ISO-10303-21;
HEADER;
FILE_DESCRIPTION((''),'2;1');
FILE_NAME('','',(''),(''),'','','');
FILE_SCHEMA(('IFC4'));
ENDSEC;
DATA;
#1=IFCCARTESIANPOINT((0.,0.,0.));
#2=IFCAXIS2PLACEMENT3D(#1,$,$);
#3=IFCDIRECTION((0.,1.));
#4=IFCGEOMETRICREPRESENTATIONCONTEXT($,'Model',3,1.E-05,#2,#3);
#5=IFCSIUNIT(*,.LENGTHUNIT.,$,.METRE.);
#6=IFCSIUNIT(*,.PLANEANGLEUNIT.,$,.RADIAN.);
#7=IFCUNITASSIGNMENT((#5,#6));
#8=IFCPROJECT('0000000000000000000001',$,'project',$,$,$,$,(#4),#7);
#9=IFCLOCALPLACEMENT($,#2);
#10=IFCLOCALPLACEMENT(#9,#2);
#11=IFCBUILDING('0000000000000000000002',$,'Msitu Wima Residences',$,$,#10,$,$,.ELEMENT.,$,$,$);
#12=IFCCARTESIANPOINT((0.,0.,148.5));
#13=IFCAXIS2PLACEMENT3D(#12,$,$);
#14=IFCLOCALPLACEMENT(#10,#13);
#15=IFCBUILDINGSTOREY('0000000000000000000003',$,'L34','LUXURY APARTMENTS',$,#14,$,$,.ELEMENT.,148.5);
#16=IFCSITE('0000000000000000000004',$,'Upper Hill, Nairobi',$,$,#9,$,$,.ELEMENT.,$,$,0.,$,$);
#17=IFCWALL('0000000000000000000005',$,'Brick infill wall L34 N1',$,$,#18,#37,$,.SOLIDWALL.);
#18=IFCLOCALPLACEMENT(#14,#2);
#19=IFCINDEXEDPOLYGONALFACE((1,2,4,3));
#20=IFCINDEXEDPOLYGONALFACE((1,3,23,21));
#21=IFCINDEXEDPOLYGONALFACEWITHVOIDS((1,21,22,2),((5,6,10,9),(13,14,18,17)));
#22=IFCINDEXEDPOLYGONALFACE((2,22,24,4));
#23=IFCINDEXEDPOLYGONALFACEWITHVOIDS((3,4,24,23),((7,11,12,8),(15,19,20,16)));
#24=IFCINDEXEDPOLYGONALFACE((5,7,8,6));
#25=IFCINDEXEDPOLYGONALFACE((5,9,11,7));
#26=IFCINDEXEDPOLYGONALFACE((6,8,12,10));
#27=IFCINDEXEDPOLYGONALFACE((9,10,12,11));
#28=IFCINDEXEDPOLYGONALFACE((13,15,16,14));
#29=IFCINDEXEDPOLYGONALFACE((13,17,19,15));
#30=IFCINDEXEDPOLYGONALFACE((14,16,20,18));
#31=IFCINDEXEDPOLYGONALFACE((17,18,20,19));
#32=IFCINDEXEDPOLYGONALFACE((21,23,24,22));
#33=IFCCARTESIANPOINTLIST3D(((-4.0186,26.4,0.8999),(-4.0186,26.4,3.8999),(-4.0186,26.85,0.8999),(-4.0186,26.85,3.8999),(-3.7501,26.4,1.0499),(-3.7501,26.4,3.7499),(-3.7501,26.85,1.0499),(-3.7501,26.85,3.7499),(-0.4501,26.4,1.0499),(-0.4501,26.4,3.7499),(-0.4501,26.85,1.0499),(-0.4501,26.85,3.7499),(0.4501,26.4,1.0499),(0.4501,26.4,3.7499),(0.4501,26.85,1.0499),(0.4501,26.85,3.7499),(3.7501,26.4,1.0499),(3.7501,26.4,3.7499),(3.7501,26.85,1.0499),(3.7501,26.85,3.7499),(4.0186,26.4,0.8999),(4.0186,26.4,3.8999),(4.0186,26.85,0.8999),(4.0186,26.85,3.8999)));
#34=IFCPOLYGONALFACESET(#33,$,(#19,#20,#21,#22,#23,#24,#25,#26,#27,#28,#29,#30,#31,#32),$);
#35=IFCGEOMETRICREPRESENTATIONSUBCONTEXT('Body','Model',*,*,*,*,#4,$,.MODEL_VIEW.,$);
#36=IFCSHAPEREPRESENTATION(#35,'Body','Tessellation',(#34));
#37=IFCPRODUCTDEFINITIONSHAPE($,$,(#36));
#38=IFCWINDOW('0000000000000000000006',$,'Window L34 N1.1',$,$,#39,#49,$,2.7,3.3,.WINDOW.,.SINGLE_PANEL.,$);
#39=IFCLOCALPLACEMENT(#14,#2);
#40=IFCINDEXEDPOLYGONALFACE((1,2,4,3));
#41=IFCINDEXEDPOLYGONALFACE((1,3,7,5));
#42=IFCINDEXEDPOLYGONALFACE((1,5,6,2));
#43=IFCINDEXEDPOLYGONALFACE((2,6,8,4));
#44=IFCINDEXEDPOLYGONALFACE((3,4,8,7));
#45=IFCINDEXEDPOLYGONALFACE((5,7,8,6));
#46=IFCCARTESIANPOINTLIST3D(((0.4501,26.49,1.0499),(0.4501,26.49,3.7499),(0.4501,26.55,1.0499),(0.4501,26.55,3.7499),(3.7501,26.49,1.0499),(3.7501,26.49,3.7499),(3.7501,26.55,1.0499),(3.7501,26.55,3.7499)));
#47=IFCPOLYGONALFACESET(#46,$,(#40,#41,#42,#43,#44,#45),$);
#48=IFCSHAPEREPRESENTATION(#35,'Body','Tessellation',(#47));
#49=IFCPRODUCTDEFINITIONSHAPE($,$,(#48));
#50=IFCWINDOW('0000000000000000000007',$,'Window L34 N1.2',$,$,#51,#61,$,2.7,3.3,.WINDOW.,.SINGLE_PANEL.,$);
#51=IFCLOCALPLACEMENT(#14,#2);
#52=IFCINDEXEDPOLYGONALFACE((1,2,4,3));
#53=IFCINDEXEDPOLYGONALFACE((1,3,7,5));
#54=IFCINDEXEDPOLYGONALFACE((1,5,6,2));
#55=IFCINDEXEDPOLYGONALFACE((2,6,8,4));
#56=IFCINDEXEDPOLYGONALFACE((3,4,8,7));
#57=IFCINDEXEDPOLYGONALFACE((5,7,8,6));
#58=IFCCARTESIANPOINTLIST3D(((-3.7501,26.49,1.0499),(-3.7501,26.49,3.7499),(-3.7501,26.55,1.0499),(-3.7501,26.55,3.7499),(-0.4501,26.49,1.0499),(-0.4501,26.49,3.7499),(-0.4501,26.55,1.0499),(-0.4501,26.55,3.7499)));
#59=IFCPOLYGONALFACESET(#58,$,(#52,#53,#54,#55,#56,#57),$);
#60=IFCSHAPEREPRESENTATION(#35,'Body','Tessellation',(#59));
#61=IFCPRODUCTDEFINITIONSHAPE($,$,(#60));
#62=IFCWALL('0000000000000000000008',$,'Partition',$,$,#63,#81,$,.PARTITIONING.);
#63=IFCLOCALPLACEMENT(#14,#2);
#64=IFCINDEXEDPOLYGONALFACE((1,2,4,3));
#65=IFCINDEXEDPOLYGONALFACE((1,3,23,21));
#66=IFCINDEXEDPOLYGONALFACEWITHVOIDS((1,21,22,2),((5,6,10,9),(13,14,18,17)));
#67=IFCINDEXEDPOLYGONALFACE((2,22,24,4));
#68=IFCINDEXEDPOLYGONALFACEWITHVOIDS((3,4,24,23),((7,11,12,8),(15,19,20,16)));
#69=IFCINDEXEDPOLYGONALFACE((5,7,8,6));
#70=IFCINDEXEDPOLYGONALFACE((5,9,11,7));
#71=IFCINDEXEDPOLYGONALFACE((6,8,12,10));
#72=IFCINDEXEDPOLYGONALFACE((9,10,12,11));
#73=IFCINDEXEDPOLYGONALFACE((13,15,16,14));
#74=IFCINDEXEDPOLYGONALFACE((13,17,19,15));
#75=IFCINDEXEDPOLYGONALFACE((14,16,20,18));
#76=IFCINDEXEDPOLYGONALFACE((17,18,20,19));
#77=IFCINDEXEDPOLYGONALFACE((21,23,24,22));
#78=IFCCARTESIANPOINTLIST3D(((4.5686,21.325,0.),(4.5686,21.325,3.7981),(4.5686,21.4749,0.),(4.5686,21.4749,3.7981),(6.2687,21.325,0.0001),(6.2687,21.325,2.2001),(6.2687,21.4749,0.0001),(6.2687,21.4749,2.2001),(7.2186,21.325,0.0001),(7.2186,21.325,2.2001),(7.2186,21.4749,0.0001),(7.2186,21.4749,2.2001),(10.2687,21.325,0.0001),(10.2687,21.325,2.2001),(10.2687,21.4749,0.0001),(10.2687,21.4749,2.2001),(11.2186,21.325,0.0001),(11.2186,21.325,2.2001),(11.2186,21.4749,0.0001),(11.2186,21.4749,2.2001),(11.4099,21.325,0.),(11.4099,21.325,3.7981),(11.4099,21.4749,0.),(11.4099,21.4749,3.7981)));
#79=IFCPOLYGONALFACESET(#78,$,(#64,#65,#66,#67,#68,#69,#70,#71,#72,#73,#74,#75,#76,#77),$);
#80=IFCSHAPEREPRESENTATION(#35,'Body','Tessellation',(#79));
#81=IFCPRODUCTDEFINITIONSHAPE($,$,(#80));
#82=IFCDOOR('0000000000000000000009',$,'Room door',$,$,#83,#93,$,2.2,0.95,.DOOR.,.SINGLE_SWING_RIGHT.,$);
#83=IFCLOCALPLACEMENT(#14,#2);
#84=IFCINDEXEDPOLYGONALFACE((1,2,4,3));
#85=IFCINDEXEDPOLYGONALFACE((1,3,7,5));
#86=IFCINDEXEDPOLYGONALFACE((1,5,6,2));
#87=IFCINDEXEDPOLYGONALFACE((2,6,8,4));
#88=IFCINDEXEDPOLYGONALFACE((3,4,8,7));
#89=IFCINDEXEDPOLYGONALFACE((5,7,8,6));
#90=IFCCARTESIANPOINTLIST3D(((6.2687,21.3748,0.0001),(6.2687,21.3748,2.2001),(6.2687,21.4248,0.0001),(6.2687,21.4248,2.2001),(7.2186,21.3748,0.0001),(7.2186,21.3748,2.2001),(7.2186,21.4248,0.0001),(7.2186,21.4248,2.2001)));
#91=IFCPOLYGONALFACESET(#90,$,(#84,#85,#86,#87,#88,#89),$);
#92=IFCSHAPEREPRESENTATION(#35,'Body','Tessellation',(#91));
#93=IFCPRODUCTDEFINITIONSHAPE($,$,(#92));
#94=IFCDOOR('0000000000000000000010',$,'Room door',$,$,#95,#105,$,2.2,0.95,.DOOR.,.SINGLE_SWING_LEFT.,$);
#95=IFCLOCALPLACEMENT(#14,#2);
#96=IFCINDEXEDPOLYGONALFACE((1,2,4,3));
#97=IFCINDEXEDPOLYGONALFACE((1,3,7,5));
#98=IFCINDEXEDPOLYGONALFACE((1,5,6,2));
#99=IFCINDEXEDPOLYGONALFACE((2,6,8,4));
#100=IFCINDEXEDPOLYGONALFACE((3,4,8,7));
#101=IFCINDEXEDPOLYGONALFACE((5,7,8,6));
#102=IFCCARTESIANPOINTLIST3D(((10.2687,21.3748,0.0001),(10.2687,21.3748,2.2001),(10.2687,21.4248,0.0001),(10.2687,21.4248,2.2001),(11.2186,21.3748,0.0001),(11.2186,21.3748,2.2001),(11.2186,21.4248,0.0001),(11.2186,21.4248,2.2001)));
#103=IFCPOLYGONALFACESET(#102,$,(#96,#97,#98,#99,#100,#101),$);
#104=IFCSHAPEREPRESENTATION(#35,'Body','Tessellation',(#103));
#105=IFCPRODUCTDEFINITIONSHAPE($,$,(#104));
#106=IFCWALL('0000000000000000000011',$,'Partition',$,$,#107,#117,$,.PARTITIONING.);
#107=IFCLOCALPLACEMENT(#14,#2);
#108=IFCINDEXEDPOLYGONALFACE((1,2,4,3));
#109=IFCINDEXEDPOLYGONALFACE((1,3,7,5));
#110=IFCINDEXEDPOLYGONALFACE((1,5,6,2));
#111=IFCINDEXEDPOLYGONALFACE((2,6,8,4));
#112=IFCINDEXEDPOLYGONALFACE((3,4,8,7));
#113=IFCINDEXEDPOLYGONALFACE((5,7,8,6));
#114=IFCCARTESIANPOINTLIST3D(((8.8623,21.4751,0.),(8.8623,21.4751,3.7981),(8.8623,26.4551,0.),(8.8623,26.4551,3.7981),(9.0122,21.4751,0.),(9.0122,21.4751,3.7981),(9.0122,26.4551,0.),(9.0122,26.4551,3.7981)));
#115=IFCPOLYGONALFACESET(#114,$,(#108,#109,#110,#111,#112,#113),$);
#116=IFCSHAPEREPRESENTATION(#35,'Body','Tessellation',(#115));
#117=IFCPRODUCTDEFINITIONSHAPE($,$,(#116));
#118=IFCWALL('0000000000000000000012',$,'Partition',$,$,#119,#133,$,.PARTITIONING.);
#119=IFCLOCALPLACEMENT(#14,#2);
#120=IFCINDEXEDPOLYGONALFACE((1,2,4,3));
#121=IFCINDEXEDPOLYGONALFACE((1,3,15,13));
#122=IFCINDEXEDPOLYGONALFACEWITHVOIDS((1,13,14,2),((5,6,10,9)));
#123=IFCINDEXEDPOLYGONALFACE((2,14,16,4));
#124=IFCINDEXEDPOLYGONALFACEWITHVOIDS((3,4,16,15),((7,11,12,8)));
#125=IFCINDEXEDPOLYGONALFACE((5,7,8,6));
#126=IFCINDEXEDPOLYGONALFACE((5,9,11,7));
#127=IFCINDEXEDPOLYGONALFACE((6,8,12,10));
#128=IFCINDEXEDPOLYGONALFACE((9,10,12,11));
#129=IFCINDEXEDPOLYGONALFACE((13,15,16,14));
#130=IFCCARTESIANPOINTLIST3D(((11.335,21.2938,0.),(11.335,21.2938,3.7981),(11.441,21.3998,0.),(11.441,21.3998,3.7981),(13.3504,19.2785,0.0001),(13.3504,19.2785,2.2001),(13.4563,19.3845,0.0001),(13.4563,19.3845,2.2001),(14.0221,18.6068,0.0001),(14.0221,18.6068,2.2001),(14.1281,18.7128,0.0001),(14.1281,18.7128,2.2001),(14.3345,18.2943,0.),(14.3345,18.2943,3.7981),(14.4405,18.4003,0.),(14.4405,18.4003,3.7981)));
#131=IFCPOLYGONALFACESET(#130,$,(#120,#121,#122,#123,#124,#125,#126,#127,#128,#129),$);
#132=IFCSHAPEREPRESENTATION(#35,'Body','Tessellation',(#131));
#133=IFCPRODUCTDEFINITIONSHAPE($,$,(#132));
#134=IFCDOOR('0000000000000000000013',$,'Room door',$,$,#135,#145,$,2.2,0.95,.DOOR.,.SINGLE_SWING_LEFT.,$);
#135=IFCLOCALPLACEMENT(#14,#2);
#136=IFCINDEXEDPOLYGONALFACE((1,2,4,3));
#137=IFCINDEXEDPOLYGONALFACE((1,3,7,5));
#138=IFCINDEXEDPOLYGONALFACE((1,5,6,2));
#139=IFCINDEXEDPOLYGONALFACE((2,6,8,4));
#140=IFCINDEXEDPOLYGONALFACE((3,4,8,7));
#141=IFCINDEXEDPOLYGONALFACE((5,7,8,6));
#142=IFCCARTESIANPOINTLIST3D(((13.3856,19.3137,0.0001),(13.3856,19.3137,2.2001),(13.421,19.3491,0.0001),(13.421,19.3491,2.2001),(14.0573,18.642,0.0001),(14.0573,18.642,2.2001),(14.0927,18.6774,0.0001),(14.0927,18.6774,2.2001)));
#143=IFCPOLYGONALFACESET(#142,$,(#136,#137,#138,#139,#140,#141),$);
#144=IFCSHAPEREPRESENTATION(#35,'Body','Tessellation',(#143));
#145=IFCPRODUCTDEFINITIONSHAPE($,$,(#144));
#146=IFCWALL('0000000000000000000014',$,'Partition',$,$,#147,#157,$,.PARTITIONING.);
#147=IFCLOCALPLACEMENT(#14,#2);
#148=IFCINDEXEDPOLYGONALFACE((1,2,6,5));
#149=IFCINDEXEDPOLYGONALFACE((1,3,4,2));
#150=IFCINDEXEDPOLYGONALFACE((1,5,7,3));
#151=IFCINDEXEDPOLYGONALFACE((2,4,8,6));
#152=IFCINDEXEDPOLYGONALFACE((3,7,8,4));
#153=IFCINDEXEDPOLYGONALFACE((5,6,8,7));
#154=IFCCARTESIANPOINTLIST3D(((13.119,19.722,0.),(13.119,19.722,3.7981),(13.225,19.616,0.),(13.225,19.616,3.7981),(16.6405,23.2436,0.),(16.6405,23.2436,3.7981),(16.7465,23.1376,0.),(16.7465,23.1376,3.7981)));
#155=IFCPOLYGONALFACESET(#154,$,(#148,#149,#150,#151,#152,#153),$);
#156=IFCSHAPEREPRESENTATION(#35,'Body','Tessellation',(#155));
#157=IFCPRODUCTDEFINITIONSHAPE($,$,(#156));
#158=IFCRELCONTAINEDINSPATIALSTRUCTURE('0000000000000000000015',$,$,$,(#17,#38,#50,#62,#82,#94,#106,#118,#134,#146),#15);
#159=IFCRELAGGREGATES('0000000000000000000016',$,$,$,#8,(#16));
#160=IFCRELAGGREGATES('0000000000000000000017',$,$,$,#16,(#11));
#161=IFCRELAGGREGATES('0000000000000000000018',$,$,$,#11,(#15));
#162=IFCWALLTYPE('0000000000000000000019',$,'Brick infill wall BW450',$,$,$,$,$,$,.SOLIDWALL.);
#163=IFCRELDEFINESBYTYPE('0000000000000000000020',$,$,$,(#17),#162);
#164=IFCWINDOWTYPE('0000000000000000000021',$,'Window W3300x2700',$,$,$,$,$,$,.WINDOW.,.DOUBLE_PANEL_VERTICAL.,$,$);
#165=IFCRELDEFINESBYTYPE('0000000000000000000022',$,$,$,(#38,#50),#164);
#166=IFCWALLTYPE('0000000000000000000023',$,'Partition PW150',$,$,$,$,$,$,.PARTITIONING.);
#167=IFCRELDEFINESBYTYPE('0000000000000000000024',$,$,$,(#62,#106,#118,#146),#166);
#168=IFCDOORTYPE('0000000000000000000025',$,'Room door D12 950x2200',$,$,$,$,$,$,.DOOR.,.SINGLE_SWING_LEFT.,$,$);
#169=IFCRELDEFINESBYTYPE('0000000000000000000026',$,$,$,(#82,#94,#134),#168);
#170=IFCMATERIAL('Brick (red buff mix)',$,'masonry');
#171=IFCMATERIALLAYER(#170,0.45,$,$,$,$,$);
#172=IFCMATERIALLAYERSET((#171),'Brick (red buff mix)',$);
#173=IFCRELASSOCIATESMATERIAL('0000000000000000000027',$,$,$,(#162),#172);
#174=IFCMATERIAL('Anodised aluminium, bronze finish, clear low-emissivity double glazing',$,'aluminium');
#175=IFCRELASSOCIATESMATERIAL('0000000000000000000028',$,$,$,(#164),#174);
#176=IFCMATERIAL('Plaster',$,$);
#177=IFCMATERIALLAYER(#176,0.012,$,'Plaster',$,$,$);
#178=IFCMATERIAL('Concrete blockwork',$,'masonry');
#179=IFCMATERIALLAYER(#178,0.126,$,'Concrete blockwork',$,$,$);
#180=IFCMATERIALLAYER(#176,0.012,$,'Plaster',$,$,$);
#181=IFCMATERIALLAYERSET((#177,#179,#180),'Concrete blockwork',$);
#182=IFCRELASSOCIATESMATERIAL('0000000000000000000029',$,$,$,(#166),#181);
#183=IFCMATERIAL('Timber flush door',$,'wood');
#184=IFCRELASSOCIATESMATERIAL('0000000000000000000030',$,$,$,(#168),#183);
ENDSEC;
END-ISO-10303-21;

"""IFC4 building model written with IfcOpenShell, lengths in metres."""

from ifc_helpers import new_model, si_unit, direction, frame, frame_2d, origin, place, context, subcontext, project, spatial, rectangle, extrude, material, layer, layer_set, type_object, element, fill, save


model = new_model("IFC4")

# Units and contexts
model_context = context("Model", 3, precision=1e-05, world=origin(), true_north=direction((0.0, 1.0)))
body_context = subcontext(model_context, "Body", "Model", "MODEL_VIEW")
ifc_project = project(units=[si_unit("LENGTHUNIT", "METRE"), si_unit("PLANEANGLEUNIT", "RADIAN")], contexts=[model_context])

# Site, building, storey
site_placement = place(None, origin())
site = spatial("IfcSite", under=ifc_project, at=site_placement, Name="Upper Hill, Nairobi", CompositionType="ELEMENT", RefElevation=0.0)
building_placement = place(site_placement, origin())
building = spatial("IfcBuilding", under=site, at=building_placement, Name="Msitu Wima Residences", CompositionType="ELEMENT")
storey_placement = place(building_placement, frame((0.0, 0.0, 148.5)))
storey = spatial("IfcBuildingStorey", under=building, at=storey_placement, Name="L34", Description="LUXURY APARTMENTS", CompositionType="ELEMENT", Elevation=148.5)

# Shared definitions
ifc_material_1 = material(Name="Brick (red buff mix)", Category="masonry")
ifc_layer_1 = layer(ifc_material_1, 0.45)
ifc_layer_set_1 = layer_set([ifc_layer_1], Name="Brick (red buff mix)")
wall_type_1 = type_object("IfcWallType", Name="Brick infill wall BW450", PredefinedType="SOLIDWALL", material=ifc_layer_set_1)
ifc_material_2 = material(Name="Anodised aluminium, bronze finish, clear low-emissivity double glazing", Category="aluminium")
window_type = type_object("IfcWindowType", Name="Window W3300x2700", PartitioningType="DOUBLE_PANEL_VERTICAL", PredefinedType="WINDOW", material=ifc_material_2)

# Wall, openings, windows
wall_1_placement = place(storey_placement, frame((4.0186, 26.625, 0.8999), z_axis=(0.0, 0.0, 1.0), x_axis=(-1.0, 0.0, 0.0)))
wall_1 = element("IfcWall", 1, at=wall_1_placement, inside=storey, type_object=wall_type_1, Name="Brick infill wall L34 N1", PredefinedType="SOLIDWALL", context=body_context, shape_type="SweptSolid", body=[
    extrude(rectangle(XDim=8.0371, YDim=0.45, at=frame_2d((4.0186, 0.0))), origin(), (0.0, 0.0, 1.0), 3.0),
])
opening_1_placement = place(wall_1_placement, frame((0.2686, 0.0, 0.1499)))
opening_1 = element("IfcOpeningElement", 2, at=opening_1_placement, cuts=wall_1, PredefinedType="OPENING", context=body_context, shape_type="SweptSolid", body=[
    extrude(rectangle(XDim=3.3, YDim=2.7, at=frame_2d((1.6499, 1.3501))), frame((0.0, 0.2349, 0.0), z_axis=(0.0, -1.0, 0.0), x_axis=(1.0, 0.0, 0.0)), (0.0, 0.0, 1.0), 0.47),
])
opening_2_placement = place(wall_1_placement, frame((4.4688, 0.0, 0.1499)))
opening_2 = element("IfcOpeningElement", 3, at=opening_2_placement, cuts=wall_1, PredefinedType="OPENING", context=body_context, shape_type="SweptSolid", body=[
    extrude(rectangle(XDim=3.3, YDim=2.7, at=frame_2d((1.6499, 1.3501))), frame((0.0, 0.2349, 0.0), z_axis=(0.0, -1.0, 0.0), x_axis=(1.0, 0.0, 0.0)), (0.0, 0.0, 1.0), 0.47),
])
window_1_placement = place(opening_1_placement, origin())
window_1 = element("IfcWindow", 4, at=window_1_placement, inside=storey, type_object=window_type, Name="Window L34 N1.1", OverallHeight=2.7, OverallWidth=3.3, PartitioningType="SINGLE_PANEL", PredefinedType="WINDOW", context=body_context, shape_type="SweptSolid", body=[
    extrude(rectangle(XDim=3.3, YDim=2.7, at=frame_2d((1.6499, 1.3501))), frame((0.0, 0.135, 0.0), z_axis=(0.0, -1.0, 0.0), x_axis=(1.0, 0.0, 0.0)), (0.0, 0.0, 1.0), 0.0601),
])
fill(opening_1, window_1)
window_2_placement = place(opening_2_placement, origin())
window_2 = element("IfcWindow", 5, at=window_2_placement, inside=storey, type_object=window_type, Name="Window L34 N1.2", OverallHeight=2.7, OverallWidth=3.3, PartitioningType="SINGLE_PANEL", PredefinedType="WINDOW", context=body_context, shape_type="SweptSolid", body=[
    extrude(rectangle(XDim=3.3, YDim=2.7, at=frame_2d((1.6499, 1.3501))), frame((0.0, 0.135, 0.0), z_axis=(0.0, -1.0, 0.0), x_axis=(1.0, 0.0, 0.0)), (0.0, 0.0, 1.0), 0.0601),
])
fill(opening_2, window_2)

# Wall, openings, doors
ifc_material_3 = material(Name="Plaster")
ifc_layer_2 = layer(ifc_material_3, 0.012, Name="Plaster")
ifc_material_4 = material(Name="Concrete blockwork", Category="masonry")
ifc_layer_3 = layer(ifc_material_4, 0.126, Name="Concrete blockwork")
ifc_layer_4 = layer(ifc_material_3, 0.012, Name="Plaster")
ifc_layer_set_2 = layer_set([ifc_layer_2, ifc_layer_3, ifc_layer_4], Name="Concrete blockwork")
wall_type_2 = type_object("IfcWallType", Name="Partition PW150", PredefinedType="PARTITIONING", material=ifc_layer_set_2)
wall_2_placement = place(storey_placement, frame((4.5686, 21.3999, 0.0), z_axis=(0.0, 0.0, 1.0), x_axis=(1.0, 0.0, 0.0)))
wall_2 = element("IfcWall", 6, at=wall_2_placement, inside=storey, type_object=wall_type_2, Name="Partition", PredefinedType="PARTITIONING", context=body_context, shape_type="SweptSolid", body=[
    extrude(rectangle(XDim=6.8413, YDim=0.1499, at=frame_2d((3.4207, 0.0))), origin(), (0.0, 0.0, 1.0), 3.7981),
])
opening_3_placement = place(wall_2_placement, frame((1.7, 0.0, 0.0)))
opening_3 = element("IfcOpeningElement", 7, at=opening_3_placement, cuts=wall_2, PredefinedType="OPENING", context=body_context, shape_type="SweptSolid", body=[
    extrude(rectangle(XDim=0.95, YDim=2.2, at=frame_2d((0.4751, 1.1001))), frame((0.0, 0.085, 0.0), z_axis=(0.0, -1.0, 0.0), x_axis=(1.0, 0.0, 0.0)), (0.0, 0.0, 1.0), 0.1699),
])
opening_4_placement = place(wall_2_placement, frame((5.7, 0.0, 0.0)))
opening_4 = element("IfcOpeningElement", 8, at=opening_4_placement, cuts=wall_2, PredefinedType="OPENING", context=body_context, shape_type="SweptSolid", body=[
    extrude(rectangle(XDim=0.95, YDim=2.2, at=frame_2d((0.4751, 1.1001))), frame((0.0, 0.085, 0.0), z_axis=(0.0, -1.0, 0.0), x_axis=(1.0, 0.0, 0.0)), (0.0, 0.0, 1.0), 0.1699),
])
ifc_material_5 = material(Name="Timber flush door", Category="wood")
door_type_1 = type_object("IfcDoorType", Name="Room door D12 950x2200", OperationType="SINGLE_SWING_LEFT", PredefinedType="DOOR", material=ifc_material_5)
door_1_placement = place(opening_3_placement, origin())
door_1 = element("IfcDoor", 9, at=door_1_placement, inside=storey, type_object=door_type_1, Name="Room door", OperationType="SINGLE_SWING_RIGHT", OverallHeight=2.2, OverallWidth=0.95, PredefinedType="DOOR", context=body_context, shape_type="SweptSolid", body=[
    extrude(rectangle(XDim=0.95, YDim=2.2, at=frame_2d((0.4751, 1.1001))), frame((0.0, 0.0249, 0.0), z_axis=(0.0, -1.0, 0.0), x_axis=(1.0, 0.0, 0.0)), (0.0, 0.0, 1.0), 0.05),
])
fill(opening_3, door_1)
door_2_placement = place(opening_4_placement, origin())
door_2 = element("IfcDoor", 10, at=door_2_placement, inside=storey, type_object=door_type_1, Name="Room door", OperationType="SINGLE_SWING_LEFT", OverallHeight=2.2, OverallWidth=0.95, PredefinedType="DOOR", context=body_context, shape_type="SweptSolid", body=[
    extrude(rectangle(XDim=0.95, YDim=2.2, at=frame_2d((0.4751, 1.1001))), frame((0.0, 0.0249, 0.0), z_axis=(0.0, -1.0, 0.0), x_axis=(1.0, 0.0, 0.0)), (0.0, 0.0, 1.0), 0.05),
])
fill(opening_4, door_2)

# Wall
wall_3_placement = place(storey_placement, frame((8.9373, 21.4751, 0.0), z_axis=(0.0, 0.0, 1.0), x_axis=(0.0, 1.0, 0.0)))
element("IfcWall", 11, at=wall_3_placement, inside=storey, type_object=wall_type_2, Name="Partition", PredefinedType="PARTITIONING", context=body_context, shape_type="SweptSolid", body=[
    extrude(rectangle(XDim=4.98, YDim=0.1499, at=frame_2d((2.49, 0.0))), origin(), (0.0, 0.0, 1.0), 3.7981),
])

# Wall, opening, door
wall_4_placement = place(storey_placement, frame((11.3879, 21.3469, 0.0), z_axis=(0.0, 0.0, 1.0), x_axis=(0.707107, -0.707107, 0.0)))
wall_4 = element("IfcWall", 12, at=wall_4_placement, inside=storey, type_object=wall_type_2, Name="Partition", PredefinedType="PARTITIONING", context=body_context, shape_type="SweptSolid", body=[
    extrude(rectangle(XDim=4.2419, YDim=0.1499, at=frame_2d((2.1211, 0.0))), origin(), (0.0, 0.0, 1.0), 3.7981),
])
opening_5_placement = place(wall_4_placement, frame((2.8501, 0.0, 0.0)))
opening_5 = element("IfcOpeningElement", 13, at=opening_5_placement, cuts=wall_4, PredefinedType="OPENING", context=body_context, shape_type="SweptSolid", body=[
    extrude(rectangle(XDim=0.95, YDim=2.2, at=frame_2d((0.4751, 1.1001))), frame((0.0, 0.085, 0.0), z_axis=(0.0, -1.0, 0.0), x_axis=(1.0, 0.0, 0.0)), (0.0, 0.0, 1.0), 0.1699),
])
door_3_placement = place(opening_5_placement, origin())
door_3 = element("IfcDoor", 14, at=door_3_placement, inside=storey, type_object=door_type_1, Name="Room door", OperationType="SINGLE_SWING_LEFT", OverallHeight=2.2, OverallWidth=0.95, PredefinedType="DOOR", context=body_context, shape_type="SweptSolid", body=[
    extrude(rectangle(XDim=0.95, YDim=2.2, at=frame_2d((0.4751, 1.1001))), frame((0.0, 0.0249, 0.0), z_axis=(0.0, -1.0, 0.0), x_axis=(1.0, 0.0, 0.0)), (0.0, 0.0, 1.0), 0.05),
])
fill(opening_5, door_3)

# Wall
wall_5_placement = place(storey_placement, frame((13.1719, 19.6689, 0.0), z_axis=(0.0, 0.0, 1.0), x_axis=(0.707107, 0.707107, 0.0)))
element("IfcWall", 15, at=wall_5_placement, inside=storey, type_object=wall_type_2, Name="Partition", PredefinedType="PARTITIONING", context=body_context, shape_type="SweptSolid", body=[
    extrude(rectangle(XDim=4.9802, YDim=0.1499, at=frame_2d((2.4902, 0.0))), origin(), (0.0, 0.0, 1.0), 3.7981),
])

save(model, "model.ifc")
